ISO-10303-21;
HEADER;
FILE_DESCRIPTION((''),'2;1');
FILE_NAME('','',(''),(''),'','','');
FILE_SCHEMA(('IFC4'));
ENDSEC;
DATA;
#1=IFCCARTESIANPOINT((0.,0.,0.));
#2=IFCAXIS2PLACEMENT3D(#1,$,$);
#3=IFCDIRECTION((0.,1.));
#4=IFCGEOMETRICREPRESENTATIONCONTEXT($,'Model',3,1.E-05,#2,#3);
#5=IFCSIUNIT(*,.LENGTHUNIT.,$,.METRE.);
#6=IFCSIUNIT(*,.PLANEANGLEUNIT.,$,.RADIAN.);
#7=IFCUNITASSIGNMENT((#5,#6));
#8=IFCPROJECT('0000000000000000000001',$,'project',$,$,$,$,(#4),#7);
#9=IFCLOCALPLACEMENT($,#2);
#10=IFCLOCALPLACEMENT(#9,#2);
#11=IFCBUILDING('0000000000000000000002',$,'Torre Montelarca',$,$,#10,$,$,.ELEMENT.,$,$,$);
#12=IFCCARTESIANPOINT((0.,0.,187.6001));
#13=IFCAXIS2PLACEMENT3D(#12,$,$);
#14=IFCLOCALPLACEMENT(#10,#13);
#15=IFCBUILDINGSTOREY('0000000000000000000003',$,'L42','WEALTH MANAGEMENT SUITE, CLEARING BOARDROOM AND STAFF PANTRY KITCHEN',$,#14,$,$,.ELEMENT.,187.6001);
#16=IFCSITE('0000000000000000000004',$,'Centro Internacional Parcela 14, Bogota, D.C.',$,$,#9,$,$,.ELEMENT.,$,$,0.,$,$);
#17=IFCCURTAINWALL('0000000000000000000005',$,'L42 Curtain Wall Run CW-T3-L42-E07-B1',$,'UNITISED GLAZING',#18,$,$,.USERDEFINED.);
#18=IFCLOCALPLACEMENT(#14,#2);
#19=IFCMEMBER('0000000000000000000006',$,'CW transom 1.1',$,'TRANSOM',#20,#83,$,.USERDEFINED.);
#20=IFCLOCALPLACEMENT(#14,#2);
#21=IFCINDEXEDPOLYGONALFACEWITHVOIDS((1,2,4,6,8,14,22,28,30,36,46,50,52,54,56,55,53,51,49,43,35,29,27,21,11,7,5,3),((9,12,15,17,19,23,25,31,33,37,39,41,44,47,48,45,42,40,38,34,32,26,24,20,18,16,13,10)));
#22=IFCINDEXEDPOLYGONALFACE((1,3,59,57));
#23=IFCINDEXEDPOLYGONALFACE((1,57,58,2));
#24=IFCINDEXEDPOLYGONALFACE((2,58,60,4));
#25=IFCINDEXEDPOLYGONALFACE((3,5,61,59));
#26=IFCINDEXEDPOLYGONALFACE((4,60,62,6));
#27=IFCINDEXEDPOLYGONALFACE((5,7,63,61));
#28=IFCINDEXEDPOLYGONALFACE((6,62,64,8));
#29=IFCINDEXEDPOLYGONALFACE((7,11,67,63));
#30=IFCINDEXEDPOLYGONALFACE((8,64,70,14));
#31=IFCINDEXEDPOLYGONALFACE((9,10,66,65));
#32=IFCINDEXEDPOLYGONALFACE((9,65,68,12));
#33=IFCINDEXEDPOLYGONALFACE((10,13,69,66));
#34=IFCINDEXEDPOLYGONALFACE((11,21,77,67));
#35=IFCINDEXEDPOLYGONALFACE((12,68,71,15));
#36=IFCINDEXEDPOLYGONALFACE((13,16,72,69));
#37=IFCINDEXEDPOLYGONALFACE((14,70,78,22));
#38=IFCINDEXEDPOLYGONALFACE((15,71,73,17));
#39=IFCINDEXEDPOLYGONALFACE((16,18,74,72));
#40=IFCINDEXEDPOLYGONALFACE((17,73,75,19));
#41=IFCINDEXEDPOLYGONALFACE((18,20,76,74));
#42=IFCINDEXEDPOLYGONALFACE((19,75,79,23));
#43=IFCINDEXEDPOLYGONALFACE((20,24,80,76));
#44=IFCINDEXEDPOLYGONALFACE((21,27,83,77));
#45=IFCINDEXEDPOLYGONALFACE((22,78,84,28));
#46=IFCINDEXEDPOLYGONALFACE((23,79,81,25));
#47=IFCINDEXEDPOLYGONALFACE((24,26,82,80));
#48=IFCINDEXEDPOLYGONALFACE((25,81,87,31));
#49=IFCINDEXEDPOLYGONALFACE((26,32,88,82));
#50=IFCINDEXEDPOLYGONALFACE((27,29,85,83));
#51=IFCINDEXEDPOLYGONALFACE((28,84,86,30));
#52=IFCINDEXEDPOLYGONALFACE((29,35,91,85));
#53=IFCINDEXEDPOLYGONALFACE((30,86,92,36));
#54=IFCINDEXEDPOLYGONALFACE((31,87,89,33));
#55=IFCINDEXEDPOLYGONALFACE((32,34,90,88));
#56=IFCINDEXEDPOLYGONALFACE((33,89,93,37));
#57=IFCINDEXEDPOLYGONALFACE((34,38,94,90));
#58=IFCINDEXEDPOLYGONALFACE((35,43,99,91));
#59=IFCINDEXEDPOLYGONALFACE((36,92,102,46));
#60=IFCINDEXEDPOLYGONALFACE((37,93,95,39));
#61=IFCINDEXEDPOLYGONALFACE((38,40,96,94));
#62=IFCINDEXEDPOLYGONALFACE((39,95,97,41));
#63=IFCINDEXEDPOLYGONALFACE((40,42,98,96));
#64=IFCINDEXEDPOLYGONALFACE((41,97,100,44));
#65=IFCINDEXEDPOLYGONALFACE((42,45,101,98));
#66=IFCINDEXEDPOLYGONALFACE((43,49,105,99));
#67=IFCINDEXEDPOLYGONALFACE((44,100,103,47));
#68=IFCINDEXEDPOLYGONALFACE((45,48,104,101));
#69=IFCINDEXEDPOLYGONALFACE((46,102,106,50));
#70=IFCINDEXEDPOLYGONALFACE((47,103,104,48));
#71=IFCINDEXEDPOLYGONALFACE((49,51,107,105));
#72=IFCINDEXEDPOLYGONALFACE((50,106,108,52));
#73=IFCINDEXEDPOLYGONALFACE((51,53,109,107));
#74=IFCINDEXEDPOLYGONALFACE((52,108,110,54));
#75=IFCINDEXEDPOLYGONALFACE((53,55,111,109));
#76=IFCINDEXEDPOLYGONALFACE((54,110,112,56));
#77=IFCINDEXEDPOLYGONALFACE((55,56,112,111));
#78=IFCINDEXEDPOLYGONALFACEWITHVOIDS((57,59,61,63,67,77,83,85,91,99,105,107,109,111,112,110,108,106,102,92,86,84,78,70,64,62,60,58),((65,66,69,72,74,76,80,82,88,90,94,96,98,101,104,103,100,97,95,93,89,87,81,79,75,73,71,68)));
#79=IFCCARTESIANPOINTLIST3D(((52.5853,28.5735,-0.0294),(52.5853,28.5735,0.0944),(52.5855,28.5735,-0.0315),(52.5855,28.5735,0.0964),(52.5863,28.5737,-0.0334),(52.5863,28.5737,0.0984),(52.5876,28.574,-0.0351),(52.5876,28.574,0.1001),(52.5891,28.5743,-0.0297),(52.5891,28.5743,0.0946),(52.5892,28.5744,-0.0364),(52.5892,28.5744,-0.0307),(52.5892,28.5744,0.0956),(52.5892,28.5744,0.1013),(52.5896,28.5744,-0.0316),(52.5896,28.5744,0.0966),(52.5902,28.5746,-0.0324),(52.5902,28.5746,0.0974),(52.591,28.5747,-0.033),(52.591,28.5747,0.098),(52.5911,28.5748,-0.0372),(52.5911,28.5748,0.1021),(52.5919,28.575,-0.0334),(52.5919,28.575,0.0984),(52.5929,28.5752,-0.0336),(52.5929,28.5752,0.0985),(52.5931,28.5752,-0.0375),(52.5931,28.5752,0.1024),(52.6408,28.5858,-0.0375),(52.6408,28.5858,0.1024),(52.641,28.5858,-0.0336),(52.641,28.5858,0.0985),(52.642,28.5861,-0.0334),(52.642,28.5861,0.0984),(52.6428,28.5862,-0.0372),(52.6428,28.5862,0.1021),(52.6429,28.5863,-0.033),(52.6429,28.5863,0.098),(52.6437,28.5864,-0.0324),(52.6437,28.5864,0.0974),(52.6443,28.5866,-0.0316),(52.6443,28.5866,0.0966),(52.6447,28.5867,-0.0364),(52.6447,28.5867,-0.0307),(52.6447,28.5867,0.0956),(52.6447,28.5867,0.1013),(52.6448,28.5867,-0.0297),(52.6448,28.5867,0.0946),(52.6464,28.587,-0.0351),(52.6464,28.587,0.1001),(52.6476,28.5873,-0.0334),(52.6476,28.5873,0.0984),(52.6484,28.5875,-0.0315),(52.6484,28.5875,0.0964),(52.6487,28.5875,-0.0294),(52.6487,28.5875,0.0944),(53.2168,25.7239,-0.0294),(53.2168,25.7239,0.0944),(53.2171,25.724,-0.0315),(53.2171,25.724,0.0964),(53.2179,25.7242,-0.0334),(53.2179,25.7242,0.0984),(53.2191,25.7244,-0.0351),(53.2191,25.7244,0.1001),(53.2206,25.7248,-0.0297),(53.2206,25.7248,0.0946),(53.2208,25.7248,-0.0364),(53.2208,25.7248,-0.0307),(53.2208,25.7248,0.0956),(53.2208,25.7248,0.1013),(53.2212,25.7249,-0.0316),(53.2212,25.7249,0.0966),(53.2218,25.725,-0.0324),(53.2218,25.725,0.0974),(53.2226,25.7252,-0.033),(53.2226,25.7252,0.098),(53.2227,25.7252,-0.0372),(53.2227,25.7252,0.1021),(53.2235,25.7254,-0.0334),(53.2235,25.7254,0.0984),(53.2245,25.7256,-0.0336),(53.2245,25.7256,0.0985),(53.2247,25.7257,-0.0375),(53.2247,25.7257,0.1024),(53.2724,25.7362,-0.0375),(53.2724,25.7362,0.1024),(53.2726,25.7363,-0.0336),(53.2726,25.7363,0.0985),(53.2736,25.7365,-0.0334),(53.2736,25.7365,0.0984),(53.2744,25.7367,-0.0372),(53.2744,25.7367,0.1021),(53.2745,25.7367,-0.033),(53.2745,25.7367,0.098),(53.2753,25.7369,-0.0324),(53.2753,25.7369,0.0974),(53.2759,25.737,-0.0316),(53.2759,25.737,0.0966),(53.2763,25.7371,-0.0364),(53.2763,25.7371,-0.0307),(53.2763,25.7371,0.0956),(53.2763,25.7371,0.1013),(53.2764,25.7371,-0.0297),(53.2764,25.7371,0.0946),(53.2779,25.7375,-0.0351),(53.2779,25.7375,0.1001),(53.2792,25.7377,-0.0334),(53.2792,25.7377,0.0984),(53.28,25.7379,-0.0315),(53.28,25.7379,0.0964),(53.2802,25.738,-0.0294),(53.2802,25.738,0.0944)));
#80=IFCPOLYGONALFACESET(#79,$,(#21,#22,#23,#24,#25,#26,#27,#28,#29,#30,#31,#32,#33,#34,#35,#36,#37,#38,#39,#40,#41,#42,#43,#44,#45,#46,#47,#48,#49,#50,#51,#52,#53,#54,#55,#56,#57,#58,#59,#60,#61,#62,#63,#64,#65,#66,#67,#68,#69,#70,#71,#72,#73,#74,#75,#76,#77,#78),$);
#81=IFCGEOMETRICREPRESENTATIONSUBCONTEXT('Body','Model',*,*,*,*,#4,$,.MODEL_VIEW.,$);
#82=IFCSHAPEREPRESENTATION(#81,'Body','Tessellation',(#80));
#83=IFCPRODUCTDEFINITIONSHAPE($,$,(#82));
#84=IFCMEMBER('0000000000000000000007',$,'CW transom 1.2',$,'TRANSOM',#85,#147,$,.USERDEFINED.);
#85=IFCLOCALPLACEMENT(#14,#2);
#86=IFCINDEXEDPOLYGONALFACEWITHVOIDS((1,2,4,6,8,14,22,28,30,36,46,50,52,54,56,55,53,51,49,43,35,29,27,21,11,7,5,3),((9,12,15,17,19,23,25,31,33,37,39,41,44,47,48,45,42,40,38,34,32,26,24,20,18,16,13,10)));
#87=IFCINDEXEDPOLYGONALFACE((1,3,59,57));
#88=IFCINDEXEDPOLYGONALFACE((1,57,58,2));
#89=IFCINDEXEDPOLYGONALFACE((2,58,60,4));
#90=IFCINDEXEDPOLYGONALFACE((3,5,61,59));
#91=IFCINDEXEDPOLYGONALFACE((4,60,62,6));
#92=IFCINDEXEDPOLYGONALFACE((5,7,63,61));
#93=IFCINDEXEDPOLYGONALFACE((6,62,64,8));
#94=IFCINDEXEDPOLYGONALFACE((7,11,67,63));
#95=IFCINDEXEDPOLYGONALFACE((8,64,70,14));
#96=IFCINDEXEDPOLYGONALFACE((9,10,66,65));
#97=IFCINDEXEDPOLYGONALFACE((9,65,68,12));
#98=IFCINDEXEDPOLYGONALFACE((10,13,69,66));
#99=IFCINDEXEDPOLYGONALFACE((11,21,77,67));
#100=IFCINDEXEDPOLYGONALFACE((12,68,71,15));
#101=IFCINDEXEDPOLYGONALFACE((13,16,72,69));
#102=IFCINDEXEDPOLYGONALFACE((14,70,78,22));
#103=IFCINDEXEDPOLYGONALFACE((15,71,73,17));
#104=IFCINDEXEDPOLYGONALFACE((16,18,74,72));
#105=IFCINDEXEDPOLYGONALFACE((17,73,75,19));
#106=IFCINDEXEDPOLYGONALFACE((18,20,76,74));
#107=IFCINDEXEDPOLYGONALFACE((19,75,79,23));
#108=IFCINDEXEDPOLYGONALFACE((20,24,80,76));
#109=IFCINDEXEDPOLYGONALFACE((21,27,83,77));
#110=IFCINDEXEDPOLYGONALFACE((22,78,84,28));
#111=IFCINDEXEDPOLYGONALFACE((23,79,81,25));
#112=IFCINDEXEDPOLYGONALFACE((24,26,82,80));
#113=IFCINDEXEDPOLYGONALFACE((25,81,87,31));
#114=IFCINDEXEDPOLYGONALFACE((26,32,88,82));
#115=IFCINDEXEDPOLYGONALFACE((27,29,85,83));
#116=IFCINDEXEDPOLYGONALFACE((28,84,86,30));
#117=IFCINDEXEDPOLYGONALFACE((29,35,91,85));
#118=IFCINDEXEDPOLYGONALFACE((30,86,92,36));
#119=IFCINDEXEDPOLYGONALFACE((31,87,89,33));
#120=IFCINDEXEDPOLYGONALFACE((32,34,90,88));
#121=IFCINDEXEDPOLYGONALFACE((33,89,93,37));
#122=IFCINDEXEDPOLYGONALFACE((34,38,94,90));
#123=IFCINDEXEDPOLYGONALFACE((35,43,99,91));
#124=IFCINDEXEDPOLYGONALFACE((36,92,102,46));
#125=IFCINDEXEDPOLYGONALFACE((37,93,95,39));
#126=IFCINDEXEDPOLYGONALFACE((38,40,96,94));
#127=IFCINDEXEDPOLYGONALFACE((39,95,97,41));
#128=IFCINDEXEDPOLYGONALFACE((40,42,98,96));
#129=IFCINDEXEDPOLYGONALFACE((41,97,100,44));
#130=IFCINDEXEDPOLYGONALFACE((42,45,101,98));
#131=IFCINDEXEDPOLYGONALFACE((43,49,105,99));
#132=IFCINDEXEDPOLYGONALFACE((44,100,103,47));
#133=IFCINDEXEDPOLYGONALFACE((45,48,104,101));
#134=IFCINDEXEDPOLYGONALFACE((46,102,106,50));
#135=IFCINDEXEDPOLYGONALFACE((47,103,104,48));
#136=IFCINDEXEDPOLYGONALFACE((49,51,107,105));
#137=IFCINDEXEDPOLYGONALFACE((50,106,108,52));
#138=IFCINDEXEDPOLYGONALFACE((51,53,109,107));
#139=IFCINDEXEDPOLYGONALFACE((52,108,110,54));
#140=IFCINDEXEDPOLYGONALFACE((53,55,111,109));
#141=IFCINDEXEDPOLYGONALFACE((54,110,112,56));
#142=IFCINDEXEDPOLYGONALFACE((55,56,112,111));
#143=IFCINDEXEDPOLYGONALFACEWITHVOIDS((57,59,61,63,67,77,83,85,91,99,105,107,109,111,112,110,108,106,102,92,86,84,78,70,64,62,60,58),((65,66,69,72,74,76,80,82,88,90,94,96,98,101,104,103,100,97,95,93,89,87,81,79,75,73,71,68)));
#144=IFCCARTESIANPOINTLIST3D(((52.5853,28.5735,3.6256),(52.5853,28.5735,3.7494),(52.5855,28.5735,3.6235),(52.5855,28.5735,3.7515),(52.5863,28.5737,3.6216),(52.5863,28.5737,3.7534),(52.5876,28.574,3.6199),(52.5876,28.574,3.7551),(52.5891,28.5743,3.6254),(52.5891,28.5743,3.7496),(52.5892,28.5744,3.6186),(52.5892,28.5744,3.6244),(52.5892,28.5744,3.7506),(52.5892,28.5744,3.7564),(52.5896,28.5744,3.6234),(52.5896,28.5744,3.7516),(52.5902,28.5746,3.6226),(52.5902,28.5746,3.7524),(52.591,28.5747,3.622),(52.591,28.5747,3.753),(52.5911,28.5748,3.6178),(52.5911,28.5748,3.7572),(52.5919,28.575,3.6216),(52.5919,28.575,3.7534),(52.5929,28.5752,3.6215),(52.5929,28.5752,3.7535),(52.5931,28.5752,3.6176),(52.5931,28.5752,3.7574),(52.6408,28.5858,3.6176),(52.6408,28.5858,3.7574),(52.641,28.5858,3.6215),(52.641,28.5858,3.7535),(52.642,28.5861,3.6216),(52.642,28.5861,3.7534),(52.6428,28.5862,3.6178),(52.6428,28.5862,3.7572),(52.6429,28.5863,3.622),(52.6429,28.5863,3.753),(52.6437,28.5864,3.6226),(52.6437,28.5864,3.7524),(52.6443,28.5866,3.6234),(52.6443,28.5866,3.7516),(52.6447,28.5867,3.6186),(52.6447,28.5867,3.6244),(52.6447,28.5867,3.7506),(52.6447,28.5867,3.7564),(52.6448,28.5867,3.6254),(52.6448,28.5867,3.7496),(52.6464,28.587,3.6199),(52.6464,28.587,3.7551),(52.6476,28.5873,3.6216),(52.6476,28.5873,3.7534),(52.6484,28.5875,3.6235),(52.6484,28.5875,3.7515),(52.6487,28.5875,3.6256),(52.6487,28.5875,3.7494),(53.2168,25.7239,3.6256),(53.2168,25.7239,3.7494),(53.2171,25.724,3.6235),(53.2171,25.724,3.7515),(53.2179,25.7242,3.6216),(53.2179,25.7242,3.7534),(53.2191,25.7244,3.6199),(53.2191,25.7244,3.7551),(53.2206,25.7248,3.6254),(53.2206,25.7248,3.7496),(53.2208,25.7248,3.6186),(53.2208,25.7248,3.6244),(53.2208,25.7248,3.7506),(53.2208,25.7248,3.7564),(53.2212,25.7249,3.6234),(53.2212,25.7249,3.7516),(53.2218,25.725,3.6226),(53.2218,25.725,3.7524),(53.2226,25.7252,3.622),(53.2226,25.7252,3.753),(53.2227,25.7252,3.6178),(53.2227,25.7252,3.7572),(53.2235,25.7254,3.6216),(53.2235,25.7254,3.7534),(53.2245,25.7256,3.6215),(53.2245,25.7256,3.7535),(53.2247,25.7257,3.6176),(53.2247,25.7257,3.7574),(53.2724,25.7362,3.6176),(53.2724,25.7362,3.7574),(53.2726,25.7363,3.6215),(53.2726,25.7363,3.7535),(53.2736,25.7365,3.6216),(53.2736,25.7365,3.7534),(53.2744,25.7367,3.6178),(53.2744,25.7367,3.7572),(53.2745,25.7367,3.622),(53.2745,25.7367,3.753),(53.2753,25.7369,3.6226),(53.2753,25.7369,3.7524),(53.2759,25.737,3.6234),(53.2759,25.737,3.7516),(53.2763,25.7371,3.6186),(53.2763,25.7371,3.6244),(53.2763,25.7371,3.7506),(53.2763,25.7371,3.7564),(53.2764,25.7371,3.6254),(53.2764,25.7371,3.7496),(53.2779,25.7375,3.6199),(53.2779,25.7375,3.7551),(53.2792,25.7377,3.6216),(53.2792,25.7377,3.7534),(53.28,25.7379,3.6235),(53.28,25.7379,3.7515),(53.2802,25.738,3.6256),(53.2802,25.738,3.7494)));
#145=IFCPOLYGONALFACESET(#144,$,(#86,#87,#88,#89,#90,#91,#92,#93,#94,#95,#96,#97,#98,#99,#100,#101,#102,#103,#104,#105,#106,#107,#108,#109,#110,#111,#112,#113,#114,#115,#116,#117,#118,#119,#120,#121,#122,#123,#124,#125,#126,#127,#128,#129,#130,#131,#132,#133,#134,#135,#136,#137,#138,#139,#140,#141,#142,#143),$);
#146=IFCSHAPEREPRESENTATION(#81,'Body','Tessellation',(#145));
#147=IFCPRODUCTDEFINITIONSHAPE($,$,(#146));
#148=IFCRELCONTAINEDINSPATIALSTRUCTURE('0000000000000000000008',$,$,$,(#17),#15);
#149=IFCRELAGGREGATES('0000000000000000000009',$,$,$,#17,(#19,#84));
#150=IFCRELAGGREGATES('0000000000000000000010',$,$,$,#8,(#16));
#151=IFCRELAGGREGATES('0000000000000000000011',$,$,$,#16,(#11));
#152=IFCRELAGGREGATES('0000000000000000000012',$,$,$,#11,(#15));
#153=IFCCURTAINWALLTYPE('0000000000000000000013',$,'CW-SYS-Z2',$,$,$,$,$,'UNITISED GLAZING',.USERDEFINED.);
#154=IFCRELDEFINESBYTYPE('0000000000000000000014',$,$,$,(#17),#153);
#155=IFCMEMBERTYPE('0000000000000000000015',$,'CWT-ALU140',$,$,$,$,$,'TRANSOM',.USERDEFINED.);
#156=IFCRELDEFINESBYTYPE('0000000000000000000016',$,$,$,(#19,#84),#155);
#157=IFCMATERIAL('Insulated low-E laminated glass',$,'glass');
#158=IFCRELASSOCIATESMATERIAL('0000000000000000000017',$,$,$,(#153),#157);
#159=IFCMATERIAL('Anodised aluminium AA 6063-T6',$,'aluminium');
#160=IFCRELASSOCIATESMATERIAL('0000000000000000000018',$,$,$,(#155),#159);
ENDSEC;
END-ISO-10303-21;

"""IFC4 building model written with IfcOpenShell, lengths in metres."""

from ifc_helpers import new_model, si_unit, direction, frame, origin, origin_2d, place, context, subcontext, project, spatial, hollow_rectangle, extrude, source, transform, mapped, material, material_profile, profile_set, type_object, element, aggregate, save


model = new_model("IFC4")

# Units and contexts
model_context = context("Model", 3, precision=1e-05, world=origin(), true_north=direction((0.0, 1.0)))
body_context = subcontext(model_context, "Body", "Model", "MODEL_VIEW")
ifc_project = project(units=[si_unit("LENGTHUNIT", "METRE"), si_unit("PLANEANGLEUNIT", "RADIAN")], contexts=[model_context])

# Site, building, storey
site_placement = place(None, origin())
site = spatial("IfcSite", under=ifc_project, at=site_placement, Name="Centro Internacional Parcela 14, Bogota, D.C.", CompositionType="ELEMENT", RefElevation=0.0)
building_placement = place(site_placement, origin())
building = spatial("IfcBuilding", under=site, at=building_placement, Name="Torre Montelarca", CompositionType="ELEMENT")
storey_placement = place(building_placement, frame((0.0, 0.0, 187.6001)))
storey = spatial("IfcBuildingStorey", under=building, at=storey_placement, Name="L42", Description="WEALTH MANAGEMENT SUITE, CLEARING BOARDROOM AND STAFF PANTRY KITCHEN", CompositionType="ELEMENT", Elevation=187.6001)

# Curtain wall, members
ifc_material_1 = material(Name="Insulated low-E laminated glass", Category="glass")
curtain_wall_type = type_object("IfcCurtainWallType", Name="CW-SYS-Z2", ElementType="UNITISED GLAZING", PredefinedType="USERDEFINED", material=ifc_material_1)
ifc_material_2 = material(Name="Anodised aluminium AA 6063-T6", Category="aluminium")
ifc_material_profile_1 = material_profile(ifc_material_2, hollow_rectangle(XDim=0.0649, YDim=0.1399, WallThickness=0.0039, InnerFilletRadius=0.0039, OuterFilletRadius=0.0081, at=origin_2d()), Name="ALU65X140X4", Category="aluminium")
ifc_profile_set_1 = profile_set([ifc_material_profile_1], Name="Anodised aluminium AA 6063-T6")
member_type_1 = type_object("IfcMemberType", Name="CWT-ALU140", ElementType="TRANSOM", PredefinedType="USERDEFINED", material=ifc_profile_set_1)
shared_shape_1 = source(origin(), body_context, "Body", "SweptSolid", [
    extrude(hollow_rectangle(XDim=0.0649, YDim=0.1399, WallThickness=0.0039, InnerFilletRadius=0.0039, OuterFilletRadius=0.0081, at=origin_2d()), origin(), (0.0, 0.0, 1.0), 2.9187),
])
curtain_wall_1_placement = place(storey_placement, origin())
curtain_wall_1 = element("IfcCurtainWall", 1, at=curtain_wall_1_placement, inside=storey, type_object=curtain_wall_type, Name="L42 Curtain Wall Run CW-T3-L42-E07-B1", ObjectType="UNITISED GLAZING", PredefinedType="USERDEFINED")
member_1_placement = place(storey_placement, frame((53.2485, 25.731, 0.0325), z_axis=(-0.21639, 0.976307, 0.0), x_axis=(-0.976307, -0.21639, 0.0)))
member_1 = element("IfcMember", 2, at=member_1_placement, type_object=member_type_1, Name="CW transom 1.1", ObjectType="TRANSOM", PredefinedType="USERDEFINED", context=body_context, shape_type="MappedRepresentation", body=[
    mapped(shared_shape_1, transform((0.0, 0.0, 0.0), scale=1.0)),
])
member_2_placement = place(storey_placement, frame((53.2485, 25.731, 3.6875), z_axis=(-0.21639, 0.976307, 0.0), x_axis=(-0.976307, -0.21639, 0.0)))
member_2 = element("IfcMember", 3, at=member_2_placement, type_object=member_type_1, Name="CW transom 1.2", ObjectType="TRANSOM", PredefinedType="USERDEFINED", context=body_context, shape_type="MappedRepresentation", body=[
    mapped(shared_shape_1, transform((0.0, 0.0, 0.0), scale=1.0)),
])

aggregate(curtain_wall_1, [member_1, member_2])

save(model, "model.ifc")
